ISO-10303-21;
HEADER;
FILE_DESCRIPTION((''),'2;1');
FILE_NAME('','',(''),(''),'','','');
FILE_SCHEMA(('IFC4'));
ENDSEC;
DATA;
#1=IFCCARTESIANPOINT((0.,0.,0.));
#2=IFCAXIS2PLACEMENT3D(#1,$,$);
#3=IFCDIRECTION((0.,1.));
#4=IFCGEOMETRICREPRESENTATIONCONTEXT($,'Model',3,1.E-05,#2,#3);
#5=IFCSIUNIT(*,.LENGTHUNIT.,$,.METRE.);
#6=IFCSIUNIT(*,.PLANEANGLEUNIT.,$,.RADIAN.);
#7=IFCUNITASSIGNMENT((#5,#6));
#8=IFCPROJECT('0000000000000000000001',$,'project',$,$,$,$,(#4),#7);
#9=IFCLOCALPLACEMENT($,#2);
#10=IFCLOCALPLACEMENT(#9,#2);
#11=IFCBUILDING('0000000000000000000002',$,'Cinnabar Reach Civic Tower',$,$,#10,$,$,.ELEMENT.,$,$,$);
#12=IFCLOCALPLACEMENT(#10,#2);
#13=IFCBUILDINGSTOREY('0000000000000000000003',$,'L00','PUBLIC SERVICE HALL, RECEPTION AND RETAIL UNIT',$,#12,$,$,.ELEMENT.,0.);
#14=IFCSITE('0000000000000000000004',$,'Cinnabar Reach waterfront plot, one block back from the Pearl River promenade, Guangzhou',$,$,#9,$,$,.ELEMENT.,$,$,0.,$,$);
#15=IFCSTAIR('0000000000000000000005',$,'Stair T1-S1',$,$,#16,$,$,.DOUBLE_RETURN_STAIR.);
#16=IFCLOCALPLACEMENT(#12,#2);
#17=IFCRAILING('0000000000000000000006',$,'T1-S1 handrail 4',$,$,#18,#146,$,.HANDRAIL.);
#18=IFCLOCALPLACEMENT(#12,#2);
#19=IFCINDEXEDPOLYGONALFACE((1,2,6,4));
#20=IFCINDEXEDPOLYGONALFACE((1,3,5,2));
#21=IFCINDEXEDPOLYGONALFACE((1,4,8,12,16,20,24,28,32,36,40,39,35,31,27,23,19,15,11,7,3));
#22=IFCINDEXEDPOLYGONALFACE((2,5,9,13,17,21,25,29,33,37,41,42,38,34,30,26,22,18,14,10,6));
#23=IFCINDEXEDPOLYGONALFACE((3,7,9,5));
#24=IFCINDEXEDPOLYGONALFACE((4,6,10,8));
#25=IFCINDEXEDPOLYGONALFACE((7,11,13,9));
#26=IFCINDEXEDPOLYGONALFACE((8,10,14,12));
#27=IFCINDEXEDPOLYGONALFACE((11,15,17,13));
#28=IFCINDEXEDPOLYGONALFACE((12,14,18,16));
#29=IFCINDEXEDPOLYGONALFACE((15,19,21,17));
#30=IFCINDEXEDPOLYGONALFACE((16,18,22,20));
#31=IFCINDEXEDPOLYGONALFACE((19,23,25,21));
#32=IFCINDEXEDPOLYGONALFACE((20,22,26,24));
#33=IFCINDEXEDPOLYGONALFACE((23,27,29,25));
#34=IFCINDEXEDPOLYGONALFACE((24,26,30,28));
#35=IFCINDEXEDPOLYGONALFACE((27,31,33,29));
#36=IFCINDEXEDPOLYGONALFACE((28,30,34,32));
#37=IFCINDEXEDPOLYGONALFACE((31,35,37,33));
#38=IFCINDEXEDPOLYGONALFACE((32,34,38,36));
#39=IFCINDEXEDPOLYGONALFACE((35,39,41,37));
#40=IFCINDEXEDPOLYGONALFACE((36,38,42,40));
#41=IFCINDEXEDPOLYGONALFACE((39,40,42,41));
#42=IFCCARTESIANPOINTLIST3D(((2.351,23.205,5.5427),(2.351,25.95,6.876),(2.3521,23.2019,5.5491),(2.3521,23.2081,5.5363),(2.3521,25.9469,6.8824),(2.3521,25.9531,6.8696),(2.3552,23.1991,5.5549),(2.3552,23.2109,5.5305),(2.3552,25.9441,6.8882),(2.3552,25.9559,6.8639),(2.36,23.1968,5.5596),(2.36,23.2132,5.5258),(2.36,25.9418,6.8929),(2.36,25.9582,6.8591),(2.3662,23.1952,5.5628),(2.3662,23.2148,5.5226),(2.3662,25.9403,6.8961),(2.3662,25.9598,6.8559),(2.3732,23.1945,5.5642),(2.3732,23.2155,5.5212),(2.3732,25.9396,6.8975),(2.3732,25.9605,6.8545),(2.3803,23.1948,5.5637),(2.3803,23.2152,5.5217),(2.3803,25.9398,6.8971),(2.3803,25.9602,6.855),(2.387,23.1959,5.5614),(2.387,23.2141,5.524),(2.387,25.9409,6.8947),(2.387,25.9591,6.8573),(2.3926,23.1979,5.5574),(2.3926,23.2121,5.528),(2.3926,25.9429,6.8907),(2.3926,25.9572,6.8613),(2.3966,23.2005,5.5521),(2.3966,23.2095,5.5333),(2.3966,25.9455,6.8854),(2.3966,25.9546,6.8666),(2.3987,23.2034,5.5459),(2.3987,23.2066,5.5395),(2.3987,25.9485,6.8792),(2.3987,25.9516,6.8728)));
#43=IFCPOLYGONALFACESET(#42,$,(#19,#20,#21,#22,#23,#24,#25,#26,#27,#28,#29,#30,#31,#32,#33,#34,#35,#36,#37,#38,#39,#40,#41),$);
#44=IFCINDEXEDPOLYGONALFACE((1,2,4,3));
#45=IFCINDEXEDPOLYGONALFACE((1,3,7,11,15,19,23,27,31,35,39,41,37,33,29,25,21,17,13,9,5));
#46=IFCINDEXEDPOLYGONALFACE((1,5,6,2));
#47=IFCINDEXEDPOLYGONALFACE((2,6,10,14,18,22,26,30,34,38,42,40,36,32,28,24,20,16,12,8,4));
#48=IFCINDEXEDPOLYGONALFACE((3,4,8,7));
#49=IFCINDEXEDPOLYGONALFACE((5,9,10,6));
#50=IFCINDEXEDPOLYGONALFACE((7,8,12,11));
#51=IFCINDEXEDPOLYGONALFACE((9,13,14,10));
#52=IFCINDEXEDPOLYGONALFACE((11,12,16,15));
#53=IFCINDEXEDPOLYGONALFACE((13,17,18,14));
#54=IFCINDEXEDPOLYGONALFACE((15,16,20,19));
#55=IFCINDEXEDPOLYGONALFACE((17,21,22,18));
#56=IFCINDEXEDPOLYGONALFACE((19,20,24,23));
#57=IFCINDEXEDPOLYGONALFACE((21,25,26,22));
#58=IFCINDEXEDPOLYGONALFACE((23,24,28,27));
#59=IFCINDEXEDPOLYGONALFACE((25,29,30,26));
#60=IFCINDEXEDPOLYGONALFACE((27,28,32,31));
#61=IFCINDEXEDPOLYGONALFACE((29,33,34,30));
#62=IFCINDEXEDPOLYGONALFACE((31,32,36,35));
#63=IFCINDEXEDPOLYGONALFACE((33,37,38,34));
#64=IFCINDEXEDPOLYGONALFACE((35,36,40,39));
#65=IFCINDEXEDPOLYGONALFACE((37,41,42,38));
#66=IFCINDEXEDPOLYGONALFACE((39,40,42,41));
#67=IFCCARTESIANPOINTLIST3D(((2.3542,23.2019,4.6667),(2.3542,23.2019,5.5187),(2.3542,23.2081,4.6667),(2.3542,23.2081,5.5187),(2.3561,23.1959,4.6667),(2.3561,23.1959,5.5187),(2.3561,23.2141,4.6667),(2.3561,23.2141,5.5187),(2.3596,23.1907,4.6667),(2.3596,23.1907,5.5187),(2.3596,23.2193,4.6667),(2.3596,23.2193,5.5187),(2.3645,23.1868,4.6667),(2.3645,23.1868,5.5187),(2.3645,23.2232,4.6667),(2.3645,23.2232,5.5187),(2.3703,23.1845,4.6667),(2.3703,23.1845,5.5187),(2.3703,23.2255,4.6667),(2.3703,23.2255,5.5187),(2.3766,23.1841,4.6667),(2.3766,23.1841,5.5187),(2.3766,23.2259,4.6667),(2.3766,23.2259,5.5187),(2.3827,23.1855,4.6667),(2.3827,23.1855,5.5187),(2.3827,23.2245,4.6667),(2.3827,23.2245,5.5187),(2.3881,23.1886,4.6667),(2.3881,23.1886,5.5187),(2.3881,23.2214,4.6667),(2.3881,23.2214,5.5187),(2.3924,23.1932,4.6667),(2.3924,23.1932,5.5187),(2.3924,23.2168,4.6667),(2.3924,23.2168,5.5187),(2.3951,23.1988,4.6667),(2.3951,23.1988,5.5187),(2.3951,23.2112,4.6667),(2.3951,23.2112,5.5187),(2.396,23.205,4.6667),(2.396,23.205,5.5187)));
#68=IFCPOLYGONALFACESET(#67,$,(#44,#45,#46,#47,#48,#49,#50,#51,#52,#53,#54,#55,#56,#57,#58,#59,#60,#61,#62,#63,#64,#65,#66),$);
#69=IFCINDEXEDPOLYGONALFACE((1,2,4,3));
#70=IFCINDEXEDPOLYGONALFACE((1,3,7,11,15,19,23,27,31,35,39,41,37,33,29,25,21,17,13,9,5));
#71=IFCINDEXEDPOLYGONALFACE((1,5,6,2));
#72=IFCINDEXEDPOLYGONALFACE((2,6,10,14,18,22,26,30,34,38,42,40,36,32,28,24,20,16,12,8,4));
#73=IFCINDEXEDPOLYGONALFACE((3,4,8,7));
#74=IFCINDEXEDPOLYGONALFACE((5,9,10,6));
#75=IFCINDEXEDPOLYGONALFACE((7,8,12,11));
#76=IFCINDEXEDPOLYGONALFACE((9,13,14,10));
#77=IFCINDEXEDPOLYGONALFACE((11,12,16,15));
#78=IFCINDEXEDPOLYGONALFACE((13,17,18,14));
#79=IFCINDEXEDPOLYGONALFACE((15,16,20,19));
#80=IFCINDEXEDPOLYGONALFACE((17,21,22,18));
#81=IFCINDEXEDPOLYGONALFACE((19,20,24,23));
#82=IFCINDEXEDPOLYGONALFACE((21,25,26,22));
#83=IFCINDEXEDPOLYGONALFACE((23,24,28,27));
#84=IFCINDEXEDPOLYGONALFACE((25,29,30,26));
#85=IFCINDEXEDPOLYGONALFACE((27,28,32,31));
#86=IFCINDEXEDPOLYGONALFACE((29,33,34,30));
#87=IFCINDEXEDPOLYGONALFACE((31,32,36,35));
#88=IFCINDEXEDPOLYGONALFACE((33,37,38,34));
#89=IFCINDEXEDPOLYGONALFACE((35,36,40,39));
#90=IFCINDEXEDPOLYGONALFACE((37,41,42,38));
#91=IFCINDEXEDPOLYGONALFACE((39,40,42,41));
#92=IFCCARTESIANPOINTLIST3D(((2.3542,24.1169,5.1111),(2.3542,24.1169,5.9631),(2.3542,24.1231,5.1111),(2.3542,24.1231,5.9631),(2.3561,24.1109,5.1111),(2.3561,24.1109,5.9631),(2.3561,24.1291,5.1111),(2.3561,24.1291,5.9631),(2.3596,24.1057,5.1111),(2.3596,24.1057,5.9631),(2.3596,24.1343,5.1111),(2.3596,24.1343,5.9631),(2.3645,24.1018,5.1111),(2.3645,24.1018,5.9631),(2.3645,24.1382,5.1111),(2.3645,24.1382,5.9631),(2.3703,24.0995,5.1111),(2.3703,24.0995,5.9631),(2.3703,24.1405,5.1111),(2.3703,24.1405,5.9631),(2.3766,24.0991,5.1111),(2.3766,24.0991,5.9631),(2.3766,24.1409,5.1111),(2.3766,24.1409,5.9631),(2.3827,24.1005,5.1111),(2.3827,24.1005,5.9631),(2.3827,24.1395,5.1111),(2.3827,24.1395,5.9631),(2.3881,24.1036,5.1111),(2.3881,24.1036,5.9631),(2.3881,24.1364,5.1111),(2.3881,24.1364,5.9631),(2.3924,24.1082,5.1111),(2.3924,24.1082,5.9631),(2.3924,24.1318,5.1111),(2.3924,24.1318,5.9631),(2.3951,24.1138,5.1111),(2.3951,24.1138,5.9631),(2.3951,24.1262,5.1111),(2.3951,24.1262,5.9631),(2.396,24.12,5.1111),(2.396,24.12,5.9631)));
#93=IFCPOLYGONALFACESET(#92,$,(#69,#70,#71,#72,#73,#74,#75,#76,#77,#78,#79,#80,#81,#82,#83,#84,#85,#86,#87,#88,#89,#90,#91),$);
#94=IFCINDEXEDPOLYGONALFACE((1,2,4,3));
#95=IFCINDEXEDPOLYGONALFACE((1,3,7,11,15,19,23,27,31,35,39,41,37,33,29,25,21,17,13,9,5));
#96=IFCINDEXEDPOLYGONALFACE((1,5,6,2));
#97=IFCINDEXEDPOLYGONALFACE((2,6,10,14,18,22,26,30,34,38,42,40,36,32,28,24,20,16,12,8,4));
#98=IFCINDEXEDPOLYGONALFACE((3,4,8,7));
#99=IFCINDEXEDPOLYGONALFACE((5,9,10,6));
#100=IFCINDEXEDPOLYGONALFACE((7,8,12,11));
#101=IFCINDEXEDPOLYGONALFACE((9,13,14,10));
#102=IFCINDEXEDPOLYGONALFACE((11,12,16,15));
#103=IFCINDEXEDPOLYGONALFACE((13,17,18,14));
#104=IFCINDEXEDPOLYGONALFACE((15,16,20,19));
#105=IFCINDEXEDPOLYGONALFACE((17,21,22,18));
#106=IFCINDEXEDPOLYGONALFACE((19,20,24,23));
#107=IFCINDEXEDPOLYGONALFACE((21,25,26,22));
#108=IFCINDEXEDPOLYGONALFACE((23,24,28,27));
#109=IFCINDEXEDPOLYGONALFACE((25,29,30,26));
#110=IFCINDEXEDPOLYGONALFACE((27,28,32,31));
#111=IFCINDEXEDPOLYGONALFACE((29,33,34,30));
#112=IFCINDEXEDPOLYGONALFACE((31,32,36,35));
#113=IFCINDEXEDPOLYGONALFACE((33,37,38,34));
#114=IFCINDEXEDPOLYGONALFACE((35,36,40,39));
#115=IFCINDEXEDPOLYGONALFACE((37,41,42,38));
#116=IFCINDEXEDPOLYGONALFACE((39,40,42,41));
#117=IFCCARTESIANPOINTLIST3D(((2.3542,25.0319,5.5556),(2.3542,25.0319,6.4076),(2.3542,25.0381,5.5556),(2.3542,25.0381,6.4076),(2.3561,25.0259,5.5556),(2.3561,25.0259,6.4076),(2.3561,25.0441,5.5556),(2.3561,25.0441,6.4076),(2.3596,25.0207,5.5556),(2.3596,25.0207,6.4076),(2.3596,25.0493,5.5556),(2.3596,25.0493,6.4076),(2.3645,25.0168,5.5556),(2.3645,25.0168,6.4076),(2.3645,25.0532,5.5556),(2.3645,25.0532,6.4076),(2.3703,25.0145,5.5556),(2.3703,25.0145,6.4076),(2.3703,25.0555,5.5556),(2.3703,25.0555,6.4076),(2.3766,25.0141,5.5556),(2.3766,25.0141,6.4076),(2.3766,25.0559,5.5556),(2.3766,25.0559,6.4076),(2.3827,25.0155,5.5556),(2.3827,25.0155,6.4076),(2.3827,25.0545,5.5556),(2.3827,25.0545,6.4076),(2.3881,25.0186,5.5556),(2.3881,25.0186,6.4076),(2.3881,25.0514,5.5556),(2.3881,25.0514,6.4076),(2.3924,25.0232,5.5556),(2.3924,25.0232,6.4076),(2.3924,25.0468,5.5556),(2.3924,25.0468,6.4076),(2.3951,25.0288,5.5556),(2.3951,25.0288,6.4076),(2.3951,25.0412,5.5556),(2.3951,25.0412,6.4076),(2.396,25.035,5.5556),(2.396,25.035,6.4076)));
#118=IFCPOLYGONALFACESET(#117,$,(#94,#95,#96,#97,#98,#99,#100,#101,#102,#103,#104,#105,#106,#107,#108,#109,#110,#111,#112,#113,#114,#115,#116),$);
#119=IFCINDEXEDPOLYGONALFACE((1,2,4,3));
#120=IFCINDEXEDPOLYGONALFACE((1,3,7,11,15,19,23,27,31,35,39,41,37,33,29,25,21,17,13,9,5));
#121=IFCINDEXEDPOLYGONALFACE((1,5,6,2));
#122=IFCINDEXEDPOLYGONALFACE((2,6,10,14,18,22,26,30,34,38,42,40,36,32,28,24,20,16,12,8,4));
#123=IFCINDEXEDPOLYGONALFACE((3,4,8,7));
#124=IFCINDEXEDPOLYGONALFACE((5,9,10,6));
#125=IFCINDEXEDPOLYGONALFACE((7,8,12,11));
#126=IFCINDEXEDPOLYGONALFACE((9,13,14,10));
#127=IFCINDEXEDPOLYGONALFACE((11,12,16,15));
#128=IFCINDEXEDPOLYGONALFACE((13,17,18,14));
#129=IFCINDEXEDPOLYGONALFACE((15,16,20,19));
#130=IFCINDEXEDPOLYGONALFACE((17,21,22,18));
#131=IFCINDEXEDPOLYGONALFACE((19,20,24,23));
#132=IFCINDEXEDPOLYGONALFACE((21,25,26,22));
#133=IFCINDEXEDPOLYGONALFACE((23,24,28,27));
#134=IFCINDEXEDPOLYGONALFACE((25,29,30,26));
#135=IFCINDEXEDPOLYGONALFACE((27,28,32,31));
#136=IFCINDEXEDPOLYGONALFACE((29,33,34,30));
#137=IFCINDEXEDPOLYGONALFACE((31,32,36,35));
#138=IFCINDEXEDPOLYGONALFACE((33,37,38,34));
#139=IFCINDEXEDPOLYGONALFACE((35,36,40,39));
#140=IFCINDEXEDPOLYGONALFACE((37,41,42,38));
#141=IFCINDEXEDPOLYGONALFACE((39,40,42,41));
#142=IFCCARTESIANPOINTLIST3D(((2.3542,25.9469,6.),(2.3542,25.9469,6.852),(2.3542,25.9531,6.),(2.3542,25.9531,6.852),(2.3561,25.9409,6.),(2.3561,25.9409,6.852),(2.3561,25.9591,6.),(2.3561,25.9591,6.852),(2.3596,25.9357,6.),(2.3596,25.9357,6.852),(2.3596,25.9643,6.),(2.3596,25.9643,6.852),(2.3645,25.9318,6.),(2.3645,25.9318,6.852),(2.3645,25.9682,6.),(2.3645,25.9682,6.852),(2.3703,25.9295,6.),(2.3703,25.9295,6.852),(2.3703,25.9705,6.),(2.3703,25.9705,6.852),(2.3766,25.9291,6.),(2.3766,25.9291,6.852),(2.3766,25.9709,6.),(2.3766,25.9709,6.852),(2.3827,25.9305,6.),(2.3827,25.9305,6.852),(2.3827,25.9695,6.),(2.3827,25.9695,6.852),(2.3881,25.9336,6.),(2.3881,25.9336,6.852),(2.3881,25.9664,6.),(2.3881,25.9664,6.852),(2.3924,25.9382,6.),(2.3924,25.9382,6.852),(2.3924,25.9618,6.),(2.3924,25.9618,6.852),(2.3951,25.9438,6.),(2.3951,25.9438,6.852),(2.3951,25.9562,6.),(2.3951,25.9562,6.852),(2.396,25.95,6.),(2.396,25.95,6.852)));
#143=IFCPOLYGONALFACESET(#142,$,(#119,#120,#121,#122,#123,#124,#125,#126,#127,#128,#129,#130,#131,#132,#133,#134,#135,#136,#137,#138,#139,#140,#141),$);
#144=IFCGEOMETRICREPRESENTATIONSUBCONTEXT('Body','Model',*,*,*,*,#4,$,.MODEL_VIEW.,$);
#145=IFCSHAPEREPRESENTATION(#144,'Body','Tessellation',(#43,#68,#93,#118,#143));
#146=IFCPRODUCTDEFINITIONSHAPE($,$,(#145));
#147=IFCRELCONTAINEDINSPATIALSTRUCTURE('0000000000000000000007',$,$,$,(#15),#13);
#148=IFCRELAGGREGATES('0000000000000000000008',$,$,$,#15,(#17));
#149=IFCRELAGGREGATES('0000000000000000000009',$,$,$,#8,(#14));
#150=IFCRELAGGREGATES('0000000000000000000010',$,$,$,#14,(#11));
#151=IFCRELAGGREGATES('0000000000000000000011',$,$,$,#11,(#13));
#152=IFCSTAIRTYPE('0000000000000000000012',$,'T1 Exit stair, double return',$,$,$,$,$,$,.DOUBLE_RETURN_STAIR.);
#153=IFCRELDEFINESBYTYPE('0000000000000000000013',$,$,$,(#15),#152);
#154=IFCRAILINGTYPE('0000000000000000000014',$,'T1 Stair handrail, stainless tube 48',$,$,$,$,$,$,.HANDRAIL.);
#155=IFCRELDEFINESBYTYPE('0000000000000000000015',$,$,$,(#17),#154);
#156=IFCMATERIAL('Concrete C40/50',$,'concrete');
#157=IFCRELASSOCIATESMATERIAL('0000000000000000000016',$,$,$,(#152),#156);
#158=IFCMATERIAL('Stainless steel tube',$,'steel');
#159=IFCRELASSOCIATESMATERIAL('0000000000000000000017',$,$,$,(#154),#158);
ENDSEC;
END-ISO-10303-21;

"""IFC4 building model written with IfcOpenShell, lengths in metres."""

from ifc_helpers import new_model, si_unit, direction, frame, origin, origin_2d, place, context, subcontext, project, spatial, circle, extrude, material, type_object, element, aggregate, save


model = new_model("IFC4")

# Units and contexts
model_context = context("Model", 3, precision=1e-05, world=origin(), true_north=direction((0.0, 1.0)))
body_context = subcontext(model_context, "Body", "Model", "MODEL_VIEW")
ifc_project = project(units=[si_unit("LENGTHUNIT", "METRE"), si_unit("PLANEANGLEUNIT", "RADIAN")], contexts=[model_context])

# Site, building, storey
site_placement = place(None, origin())
site = spatial("IfcSite", under=ifc_project, at=site_placement, Name="Cinnabar Reach waterfront plot, one block back from the Pearl River promenade, Guangzhou", CompositionType="ELEMENT", RefElevation=0.0)
building_placement = place(site_placement, origin())
building = spatial("IfcBuilding", under=site, at=building_placement, Name="Cinnabar Reach Civic Tower", CompositionType="ELEMENT")
storey_placement = place(building_placement, origin())
storey = spatial("IfcBuildingStorey", under=building, at=storey_placement, Name="L00", Description="PUBLIC SERVICE HALL, RECEPTION AND RETAIL UNIT", CompositionType="ELEMENT", Elevation=0.0)

# Stair, railing
ifc_material_1 = material(Name="Concrete C40/50", Category="concrete")
stair_type = type_object("IfcStairType", Name="T1 Exit stair, double return", PredefinedType="DOUBLE_RETURN_STAIR", material=ifc_material_1)
stair_placement = place(storey_placement, origin())
stair = element("IfcStair", 1, at=stair_placement, inside=storey, type_object=stair_type, Name="Stair T1-S1", PredefinedType="DOUBLE_RETURN_STAIR")
ifc_material_2 = material(Name="Stainless steel tube", Category="steel")
railing_type_1 = type_object("IfcRailingType", Name="T1 Stair handrail, stainless tube 48", PredefinedType="HANDRAIL", material=ifc_material_2)
railing_1_placement = place(storey_placement, frame((2.375, 23.205, 4.6667)))
railing_1 = element("IfcRailing", 2, at=railing_1_placement, type_object=railing_type_1, Name="T1-S1 handrail 4", PredefinedType="HANDRAIL", context=body_context, shape_type="SweptSolid", body=[
    extrude(circle(Radius=0.024, at=origin_2d()), frame((0.0, 0.0, 0.876), z_axis=(0.0, 0.899506, 0.436908), x_axis=(-1.0, 0.0, 0.0)), (0.0, 0.0, 1.0), 3.0517),
    extrude(circle(Radius=0.021, at=origin_2d()), origin(), (0.0, 0.0, 1.0), 0.852),
    extrude(circle(Radius=0.021, at=origin_2d()), frame((0.0, 0.915, 0.4444)), (0.0, 0.0, 1.0), 0.852),
    extrude(circle(Radius=0.021, at=origin_2d()), frame((0.0, 1.83, 0.8889)), (0.0, 0.0, 1.0), 0.852),
    extrude(circle(Radius=0.021, at=origin_2d()), frame((0.0, 2.745, 1.3333)), (0.0, 0.0, 1.0), 0.852),
])
aggregate(stair, [railing_1])

save(model, "model.ifc")
